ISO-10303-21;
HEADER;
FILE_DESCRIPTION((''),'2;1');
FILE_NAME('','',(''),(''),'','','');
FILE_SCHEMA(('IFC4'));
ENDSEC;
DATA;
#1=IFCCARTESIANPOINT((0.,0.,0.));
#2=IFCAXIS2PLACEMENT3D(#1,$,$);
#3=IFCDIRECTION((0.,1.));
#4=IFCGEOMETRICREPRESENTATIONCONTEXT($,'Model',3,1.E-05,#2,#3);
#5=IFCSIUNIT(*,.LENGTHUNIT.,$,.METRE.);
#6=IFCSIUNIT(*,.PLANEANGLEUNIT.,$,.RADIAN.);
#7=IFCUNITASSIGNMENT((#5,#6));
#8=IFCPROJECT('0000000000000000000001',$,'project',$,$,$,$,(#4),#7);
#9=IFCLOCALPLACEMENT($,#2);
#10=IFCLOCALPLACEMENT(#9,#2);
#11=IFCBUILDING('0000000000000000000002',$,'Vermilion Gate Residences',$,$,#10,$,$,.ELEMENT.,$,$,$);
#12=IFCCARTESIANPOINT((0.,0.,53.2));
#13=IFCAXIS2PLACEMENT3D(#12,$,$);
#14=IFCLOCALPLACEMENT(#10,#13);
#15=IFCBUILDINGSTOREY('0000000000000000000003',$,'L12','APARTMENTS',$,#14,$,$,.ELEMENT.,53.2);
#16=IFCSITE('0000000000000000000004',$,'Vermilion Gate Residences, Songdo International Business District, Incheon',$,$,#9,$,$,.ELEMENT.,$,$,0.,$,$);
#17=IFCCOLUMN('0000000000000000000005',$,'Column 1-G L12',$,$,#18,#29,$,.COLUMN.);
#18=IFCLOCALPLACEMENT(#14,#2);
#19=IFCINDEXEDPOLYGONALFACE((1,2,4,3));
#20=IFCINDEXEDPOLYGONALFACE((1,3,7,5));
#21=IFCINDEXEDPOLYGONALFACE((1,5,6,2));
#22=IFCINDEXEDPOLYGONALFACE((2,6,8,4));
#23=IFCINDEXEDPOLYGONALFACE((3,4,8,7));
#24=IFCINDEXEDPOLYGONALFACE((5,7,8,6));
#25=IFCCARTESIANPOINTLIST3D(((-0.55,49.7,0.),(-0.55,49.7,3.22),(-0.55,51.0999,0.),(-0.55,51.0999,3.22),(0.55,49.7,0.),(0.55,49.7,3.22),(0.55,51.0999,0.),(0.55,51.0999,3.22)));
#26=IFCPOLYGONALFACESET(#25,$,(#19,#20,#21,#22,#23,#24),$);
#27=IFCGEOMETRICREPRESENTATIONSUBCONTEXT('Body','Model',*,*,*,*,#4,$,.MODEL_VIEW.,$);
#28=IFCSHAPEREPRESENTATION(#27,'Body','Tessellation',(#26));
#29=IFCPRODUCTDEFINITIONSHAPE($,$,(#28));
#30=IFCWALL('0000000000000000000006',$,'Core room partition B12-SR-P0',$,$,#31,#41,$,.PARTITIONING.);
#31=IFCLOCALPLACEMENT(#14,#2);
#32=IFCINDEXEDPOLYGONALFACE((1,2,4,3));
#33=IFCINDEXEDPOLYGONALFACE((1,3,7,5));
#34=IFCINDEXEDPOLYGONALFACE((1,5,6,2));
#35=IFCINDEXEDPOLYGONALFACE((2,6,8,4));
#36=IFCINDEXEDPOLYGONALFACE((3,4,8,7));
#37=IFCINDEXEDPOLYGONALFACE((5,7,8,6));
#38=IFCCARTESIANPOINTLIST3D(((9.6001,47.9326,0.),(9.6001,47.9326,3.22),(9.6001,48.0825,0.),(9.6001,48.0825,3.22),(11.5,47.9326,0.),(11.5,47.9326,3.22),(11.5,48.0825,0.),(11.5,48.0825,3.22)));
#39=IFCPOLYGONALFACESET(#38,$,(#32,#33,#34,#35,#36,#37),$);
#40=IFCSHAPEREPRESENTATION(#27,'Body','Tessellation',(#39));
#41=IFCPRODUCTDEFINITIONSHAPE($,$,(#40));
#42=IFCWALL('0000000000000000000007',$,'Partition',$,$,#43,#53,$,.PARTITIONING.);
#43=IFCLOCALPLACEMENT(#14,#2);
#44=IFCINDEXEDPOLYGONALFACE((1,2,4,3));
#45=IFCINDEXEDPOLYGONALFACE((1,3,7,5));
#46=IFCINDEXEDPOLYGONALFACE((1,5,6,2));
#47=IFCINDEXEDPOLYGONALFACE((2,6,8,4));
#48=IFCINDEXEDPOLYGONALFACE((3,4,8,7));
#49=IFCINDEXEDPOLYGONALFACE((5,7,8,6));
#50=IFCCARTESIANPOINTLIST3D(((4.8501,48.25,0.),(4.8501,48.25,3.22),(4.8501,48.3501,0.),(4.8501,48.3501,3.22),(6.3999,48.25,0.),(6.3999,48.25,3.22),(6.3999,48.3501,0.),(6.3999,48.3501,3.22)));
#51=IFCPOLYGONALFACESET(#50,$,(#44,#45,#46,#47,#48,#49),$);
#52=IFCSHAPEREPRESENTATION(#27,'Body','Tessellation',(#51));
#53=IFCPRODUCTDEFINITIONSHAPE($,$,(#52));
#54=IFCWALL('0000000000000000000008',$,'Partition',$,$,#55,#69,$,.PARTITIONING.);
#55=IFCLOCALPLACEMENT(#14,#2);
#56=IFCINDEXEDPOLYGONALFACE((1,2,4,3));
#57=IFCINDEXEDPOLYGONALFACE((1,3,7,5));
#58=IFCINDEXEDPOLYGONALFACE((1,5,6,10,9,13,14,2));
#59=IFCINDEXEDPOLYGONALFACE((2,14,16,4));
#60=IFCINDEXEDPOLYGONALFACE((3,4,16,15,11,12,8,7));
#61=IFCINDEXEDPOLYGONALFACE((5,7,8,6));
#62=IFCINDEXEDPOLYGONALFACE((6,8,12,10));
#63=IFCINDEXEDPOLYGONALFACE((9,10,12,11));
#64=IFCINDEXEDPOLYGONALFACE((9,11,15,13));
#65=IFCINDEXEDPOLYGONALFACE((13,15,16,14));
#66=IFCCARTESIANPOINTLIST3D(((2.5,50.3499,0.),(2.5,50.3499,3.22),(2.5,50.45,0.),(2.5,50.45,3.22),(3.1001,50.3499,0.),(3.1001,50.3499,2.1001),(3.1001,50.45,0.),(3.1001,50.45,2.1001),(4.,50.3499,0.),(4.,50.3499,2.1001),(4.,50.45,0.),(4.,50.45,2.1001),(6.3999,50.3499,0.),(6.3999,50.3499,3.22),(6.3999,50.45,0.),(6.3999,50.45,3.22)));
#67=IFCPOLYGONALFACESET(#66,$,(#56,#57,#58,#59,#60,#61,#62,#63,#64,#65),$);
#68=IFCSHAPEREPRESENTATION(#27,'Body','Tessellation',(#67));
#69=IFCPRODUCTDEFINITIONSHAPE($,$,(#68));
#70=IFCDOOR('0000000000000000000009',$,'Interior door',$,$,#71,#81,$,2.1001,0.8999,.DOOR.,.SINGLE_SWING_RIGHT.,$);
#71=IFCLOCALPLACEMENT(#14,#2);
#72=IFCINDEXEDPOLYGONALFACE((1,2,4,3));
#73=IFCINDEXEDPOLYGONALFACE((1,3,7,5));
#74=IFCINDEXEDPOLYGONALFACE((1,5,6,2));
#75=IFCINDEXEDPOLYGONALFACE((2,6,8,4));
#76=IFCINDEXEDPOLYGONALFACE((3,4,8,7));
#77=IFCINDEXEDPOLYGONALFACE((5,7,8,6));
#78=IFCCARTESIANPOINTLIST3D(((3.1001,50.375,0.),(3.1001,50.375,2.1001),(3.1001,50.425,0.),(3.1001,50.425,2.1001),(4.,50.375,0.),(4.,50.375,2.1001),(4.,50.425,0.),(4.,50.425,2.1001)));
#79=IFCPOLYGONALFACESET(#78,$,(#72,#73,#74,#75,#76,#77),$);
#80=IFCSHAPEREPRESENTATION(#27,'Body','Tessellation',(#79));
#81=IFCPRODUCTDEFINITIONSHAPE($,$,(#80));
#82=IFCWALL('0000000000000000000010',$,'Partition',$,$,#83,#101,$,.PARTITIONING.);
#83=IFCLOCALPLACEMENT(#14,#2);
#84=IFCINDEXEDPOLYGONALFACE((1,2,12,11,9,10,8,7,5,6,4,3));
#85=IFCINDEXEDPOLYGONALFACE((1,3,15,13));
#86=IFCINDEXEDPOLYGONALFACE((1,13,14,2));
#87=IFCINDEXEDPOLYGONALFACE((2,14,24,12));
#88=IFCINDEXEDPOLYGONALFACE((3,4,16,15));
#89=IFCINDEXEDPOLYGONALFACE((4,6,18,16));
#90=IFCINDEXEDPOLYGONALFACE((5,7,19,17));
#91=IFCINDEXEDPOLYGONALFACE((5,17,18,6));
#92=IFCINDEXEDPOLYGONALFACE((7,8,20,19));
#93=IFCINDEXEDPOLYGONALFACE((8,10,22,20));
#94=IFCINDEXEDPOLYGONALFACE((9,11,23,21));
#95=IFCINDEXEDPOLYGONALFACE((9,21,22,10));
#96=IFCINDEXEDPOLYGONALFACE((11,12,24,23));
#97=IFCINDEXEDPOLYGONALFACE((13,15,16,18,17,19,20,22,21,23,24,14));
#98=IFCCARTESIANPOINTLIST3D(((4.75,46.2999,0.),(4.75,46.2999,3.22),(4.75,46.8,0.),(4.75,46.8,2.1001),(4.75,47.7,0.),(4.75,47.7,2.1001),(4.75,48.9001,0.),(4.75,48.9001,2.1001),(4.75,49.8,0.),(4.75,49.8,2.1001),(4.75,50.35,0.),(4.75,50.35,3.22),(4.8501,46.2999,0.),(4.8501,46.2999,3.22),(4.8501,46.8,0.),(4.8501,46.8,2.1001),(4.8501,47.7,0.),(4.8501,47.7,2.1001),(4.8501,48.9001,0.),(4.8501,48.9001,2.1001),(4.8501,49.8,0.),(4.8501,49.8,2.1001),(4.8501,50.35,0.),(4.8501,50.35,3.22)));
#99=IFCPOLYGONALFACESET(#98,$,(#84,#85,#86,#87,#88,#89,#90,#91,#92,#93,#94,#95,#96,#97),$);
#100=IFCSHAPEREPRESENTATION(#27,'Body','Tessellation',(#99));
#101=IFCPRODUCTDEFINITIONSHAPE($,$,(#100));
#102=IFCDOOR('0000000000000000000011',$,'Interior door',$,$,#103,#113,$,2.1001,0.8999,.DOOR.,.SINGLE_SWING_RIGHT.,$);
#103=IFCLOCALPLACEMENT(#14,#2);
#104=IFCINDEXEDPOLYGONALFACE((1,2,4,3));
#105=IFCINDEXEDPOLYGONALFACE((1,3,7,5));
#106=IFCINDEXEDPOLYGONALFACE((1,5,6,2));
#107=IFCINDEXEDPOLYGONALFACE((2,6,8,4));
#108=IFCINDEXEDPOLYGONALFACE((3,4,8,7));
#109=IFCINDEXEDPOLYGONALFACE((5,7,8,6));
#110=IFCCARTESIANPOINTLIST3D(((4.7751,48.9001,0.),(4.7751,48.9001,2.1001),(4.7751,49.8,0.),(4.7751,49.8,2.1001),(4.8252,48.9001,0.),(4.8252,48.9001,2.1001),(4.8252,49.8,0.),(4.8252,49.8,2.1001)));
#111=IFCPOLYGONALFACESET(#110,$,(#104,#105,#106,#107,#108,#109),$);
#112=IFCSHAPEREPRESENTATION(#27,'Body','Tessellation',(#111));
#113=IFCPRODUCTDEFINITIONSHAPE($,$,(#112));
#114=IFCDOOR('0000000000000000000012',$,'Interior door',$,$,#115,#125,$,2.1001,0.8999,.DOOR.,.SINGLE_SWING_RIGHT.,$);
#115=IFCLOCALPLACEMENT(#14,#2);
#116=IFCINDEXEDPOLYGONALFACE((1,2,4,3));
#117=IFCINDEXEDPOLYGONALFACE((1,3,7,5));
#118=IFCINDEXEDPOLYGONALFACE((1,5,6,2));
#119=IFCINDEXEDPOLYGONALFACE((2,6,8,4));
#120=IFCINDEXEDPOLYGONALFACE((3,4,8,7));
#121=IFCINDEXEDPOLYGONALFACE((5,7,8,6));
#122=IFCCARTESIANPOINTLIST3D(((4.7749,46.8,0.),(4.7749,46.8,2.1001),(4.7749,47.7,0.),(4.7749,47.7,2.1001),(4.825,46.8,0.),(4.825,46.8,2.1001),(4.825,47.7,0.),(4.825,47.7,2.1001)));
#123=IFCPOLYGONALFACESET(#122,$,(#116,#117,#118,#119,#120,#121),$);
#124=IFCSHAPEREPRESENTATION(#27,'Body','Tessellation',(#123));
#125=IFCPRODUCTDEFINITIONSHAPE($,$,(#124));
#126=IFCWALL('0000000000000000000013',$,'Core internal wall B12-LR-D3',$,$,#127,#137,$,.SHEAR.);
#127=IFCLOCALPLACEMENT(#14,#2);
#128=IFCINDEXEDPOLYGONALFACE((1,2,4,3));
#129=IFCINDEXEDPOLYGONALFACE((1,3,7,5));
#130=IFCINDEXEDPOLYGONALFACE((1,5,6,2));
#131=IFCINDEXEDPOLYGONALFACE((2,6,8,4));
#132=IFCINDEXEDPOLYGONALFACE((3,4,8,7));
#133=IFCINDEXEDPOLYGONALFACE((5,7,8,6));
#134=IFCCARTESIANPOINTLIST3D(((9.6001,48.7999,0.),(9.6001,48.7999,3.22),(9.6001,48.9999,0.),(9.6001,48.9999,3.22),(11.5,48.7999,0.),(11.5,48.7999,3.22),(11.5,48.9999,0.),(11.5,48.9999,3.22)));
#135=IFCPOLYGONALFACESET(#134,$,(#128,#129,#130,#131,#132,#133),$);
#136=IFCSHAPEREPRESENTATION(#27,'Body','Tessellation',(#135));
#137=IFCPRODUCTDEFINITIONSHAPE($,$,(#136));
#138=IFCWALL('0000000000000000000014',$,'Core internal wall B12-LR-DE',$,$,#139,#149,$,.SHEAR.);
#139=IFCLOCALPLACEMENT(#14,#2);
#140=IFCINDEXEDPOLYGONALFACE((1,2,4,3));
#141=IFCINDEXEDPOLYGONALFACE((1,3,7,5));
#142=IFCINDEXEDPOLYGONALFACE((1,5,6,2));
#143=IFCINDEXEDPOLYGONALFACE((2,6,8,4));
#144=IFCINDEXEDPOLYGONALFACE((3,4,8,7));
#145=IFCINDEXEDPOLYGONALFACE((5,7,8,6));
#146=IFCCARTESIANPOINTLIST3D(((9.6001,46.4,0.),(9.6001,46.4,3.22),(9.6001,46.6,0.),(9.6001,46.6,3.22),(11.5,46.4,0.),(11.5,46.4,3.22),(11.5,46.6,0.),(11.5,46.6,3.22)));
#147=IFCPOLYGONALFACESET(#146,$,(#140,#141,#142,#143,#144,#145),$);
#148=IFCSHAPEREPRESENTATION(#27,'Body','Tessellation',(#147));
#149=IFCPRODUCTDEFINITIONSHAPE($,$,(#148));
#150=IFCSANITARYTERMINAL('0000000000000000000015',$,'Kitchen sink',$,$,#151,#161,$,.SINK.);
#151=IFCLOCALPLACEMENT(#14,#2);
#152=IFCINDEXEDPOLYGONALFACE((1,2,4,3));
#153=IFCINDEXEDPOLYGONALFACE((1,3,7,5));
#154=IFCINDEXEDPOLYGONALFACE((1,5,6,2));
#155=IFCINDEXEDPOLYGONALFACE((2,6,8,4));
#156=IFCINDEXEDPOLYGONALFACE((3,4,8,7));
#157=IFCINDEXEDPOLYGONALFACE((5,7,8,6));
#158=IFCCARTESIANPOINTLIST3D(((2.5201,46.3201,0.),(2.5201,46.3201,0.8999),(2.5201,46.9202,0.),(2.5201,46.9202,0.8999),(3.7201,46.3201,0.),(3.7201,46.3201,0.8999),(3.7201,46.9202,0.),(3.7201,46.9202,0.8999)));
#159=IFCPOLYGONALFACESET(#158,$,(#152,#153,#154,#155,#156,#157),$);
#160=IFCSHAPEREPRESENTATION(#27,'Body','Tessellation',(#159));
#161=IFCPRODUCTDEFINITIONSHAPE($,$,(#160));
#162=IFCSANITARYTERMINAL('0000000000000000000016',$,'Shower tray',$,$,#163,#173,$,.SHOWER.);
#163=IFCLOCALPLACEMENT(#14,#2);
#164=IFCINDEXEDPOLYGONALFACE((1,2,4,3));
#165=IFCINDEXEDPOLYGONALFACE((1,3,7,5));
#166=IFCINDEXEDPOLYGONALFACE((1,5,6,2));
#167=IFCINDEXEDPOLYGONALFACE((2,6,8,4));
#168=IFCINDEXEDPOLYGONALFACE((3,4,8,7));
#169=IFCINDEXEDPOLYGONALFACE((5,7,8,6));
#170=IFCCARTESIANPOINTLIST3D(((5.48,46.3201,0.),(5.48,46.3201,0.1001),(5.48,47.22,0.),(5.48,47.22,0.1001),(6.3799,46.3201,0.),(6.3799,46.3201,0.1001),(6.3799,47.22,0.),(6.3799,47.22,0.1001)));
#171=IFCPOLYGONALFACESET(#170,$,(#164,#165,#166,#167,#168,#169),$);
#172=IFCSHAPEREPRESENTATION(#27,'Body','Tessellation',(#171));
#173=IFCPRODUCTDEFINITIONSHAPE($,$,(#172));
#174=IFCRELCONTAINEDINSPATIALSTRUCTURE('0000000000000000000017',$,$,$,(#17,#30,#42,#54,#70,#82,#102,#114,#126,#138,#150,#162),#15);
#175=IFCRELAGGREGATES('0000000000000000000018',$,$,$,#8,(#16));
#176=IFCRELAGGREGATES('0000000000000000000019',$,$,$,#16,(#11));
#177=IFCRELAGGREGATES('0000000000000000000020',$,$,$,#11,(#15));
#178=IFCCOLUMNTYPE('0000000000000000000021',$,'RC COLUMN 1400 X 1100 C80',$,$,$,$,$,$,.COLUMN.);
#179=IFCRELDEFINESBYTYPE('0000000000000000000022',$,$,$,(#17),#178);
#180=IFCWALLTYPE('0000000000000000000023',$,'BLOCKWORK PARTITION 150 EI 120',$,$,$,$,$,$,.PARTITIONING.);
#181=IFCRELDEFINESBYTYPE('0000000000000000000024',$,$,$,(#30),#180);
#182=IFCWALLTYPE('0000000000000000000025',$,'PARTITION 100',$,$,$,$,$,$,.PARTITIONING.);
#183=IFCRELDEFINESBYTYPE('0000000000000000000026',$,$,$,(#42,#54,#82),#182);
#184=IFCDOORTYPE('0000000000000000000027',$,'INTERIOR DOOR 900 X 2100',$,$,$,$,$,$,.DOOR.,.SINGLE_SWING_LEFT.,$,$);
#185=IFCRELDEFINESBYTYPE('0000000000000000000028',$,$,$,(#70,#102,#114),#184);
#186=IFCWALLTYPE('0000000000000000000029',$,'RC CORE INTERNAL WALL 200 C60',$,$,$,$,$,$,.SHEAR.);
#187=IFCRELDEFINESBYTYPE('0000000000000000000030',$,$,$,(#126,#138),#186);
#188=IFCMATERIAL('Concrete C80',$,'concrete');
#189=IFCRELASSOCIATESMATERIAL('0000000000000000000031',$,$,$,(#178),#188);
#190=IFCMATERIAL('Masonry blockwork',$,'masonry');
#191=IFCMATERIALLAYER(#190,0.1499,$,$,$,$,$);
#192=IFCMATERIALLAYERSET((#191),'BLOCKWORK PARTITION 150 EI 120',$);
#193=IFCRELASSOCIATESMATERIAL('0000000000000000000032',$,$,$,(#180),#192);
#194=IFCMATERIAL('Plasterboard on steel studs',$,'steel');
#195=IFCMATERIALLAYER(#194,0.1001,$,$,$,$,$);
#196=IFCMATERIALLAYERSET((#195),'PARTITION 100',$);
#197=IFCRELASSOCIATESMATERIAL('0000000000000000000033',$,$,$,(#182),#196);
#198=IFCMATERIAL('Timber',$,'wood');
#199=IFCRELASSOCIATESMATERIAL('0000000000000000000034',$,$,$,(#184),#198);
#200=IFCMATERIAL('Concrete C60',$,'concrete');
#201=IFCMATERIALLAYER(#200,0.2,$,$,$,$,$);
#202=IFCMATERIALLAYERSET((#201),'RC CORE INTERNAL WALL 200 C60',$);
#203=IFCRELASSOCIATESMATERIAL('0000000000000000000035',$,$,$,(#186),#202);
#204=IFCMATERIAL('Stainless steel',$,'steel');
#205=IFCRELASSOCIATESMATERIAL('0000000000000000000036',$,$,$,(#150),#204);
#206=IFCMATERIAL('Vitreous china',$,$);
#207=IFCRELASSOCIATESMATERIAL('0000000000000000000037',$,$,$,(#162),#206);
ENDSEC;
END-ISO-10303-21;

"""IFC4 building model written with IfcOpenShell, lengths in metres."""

from ifc_helpers import new_model, si_unit, direction, frame, frame_2d, origin, origin_2d, place, context, subcontext, project, spatial, rectangle, extrude, material, layer, layer_set, material_profile, profile_set, type_object, element, fill, save


model = new_model("IFC4")

# Units and contexts
model_context = context("Model", 3, precision=1e-05, world=origin(), true_north=direction((0.0, 1.0)))
body_context = subcontext(model_context, "Body", "Model", "MODEL_VIEW")
ifc_project = project(units=[si_unit("LENGTHUNIT", "METRE"), si_unit("PLANEANGLEUNIT", "RADIAN")], contexts=[model_context])

# Site, building, storey
site_placement = place(None, origin())
site = spatial("IfcSite", under=ifc_project, at=site_placement, Name="Vermilion Gate Residences, Songdo International Business District, Incheon", CompositionType="ELEMENT", RefElevation=0.0)
building_placement = place(site_placement, origin())
building = spatial("IfcBuilding", under=site, at=building_placement, Name="Vermilion Gate Residences", CompositionType="ELEMENT")
storey_placement = place(building_placement, frame((0.0, 0.0, 53.2)))
storey = spatial("IfcBuildingStorey", under=building, at=storey_placement, Name="L12", Description="APARTMENTS", CompositionType="ELEMENT", Elevation=53.2)

# Column
ifc_material_1 = material(Name="Concrete C80", Category="concrete")
ifc_material_profile = material_profile(ifc_material_1, rectangle(XDim=1.3999, YDim=1.1001, at=origin_2d()), Name="RC-1400x1100")
ifc_profile_set = profile_set([ifc_material_profile], Name="Concrete C80")
column_type = type_object("IfcColumnType", Name="RC COLUMN 1400 X 1100 C80", PredefinedType="COLUMN", material=ifc_profile_set)
column_placement = place(storey_placement, frame((0.0, 50.3999, 0.0), z_axis=(0.0, 0.0, 1.0), x_axis=(0.0, 1.0, 0.0)))
element("IfcColumn", 1, at=column_placement, inside=storey, type_object=column_type, Name="Column 1-G L12", PredefinedType="COLUMN", context=body_context, shape_type="SweptSolid", body=[
    extrude(rectangle(XDim=1.3999, YDim=1.1001, at=origin_2d()), origin(), (0.0, 0.0, 1.0), 3.22),
])

# Walls
ifc_material_2 = material(Name="Masonry blockwork", Category="masonry")
ifc_layer_1 = layer(ifc_material_2, 0.1499)
ifc_layer_set_1 = layer_set([ifc_layer_1], Name="BLOCKWORK PARTITION 150 EI 120")
wall_type_1 = type_object("IfcWallType", Name="BLOCKWORK PARTITION 150 EI 120", PredefinedType="PARTITIONING", material=ifc_layer_set_1)
wall_1_placement = place(storey_placement, frame((9.6001, 48.0076, 0.0), z_axis=(0.0, 0.0, 1.0), x_axis=(1.0, 0.0, 0.0)))
element("IfcWall", 2, at=wall_1_placement, inside=storey, type_object=wall_type_1, Name="Core room partition B12-SR-P0", PredefinedType="PARTITIONING", context=body_context, shape_type="SweptSolid", body=[
    extrude(rectangle(XDim=1.8999, YDim=0.1499, at=frame_2d((0.95, 0.0))), origin(), (0.0, 0.0, 1.0), 3.22),
])
ifc_material_3 = material(Name="Plasterboard on steel studs", Category="steel")
ifc_layer_2 = layer(ifc_material_3, 0.1001)
ifc_layer_set_2 = layer_set([ifc_layer_2], Name="PARTITION 100")
wall_type_2 = type_object("IfcWallType", Name="PARTITION 100", PredefinedType="PARTITIONING", material=ifc_layer_set_2)
wall_2_placement = place(storey_placement, frame((4.8501, 48.3, 0.0), z_axis=(0.0, 0.0, 1.0), x_axis=(1.0, 0.0, 0.0)))
element("IfcWall", 3, at=wall_2_placement, inside=storey, type_object=wall_type_2, Name="Partition", PredefinedType="PARTITIONING", context=body_context, shape_type="SweptSolid", body=[
    extrude(rectangle(XDim=1.5498, YDim=0.1001, at=frame_2d((0.7749, 0.0))), origin(), (0.0, 0.0, 1.0), 3.22),
])

# Wall, opening, door
wall_3_placement = place(storey_placement, frame((2.5, 50.3999, 0.0), z_axis=(0.0, 0.0, 1.0), x_axis=(1.0, 0.0, 0.0)))
wall_3 = element("IfcWall", 4, at=wall_3_placement, inside=storey, type_object=wall_type_2, Name="Partition", PredefinedType="PARTITIONING", context=body_context, shape_type="SweptSolid", body=[
    extrude(rectangle(XDim=3.8999, YDim=0.1001, at=frame_2d((1.95, 0.0))), origin(), (0.0, 0.0, 1.0), 3.22),
])
opening_1_placement = place(wall_3_placement, frame((0.6001, 0.0, 0.0)))
opening_1 = element("IfcOpeningElement", 5, at=opening_1_placement, cuts=wall_3, PredefinedType="OPENING", context=body_context, shape_type="SweptSolid", body=[
    extrude(rectangle(XDim=0.8999, YDim=2.1001, at=frame_2d((0.45, 1.05))), frame((0.0, 0.0601, 0.0), z_axis=(0.0, -1.0, 0.0), x_axis=(1.0, 0.0, 0.0)), (0.0, 0.0, 1.0), 0.1201),
])
ifc_material_4 = material(Name="Timber", Category="wood")
door_type = type_object("IfcDoorType", Name="INTERIOR DOOR 900 X 2100", OperationType="SINGLE_SWING_LEFT", PredefinedType="DOOR", material=ifc_material_4)
door_1_placement = place(opening_1_placement, frame((0.8999, 0.0, 0.0), z_axis=(0.0, 0.0, 1.0), x_axis=(-1.0, 0.0, 0.0)))
door_1 = element("IfcDoor", 6, at=door_1_placement, inside=storey, type_object=door_type, Name="Interior door", OperationType="SINGLE_SWING_RIGHT", OverallHeight=2.1001, OverallWidth=0.8999, PredefinedType="DOOR", context=body_context, shape_type="SweptSolid", body=[
    extrude(rectangle(XDim=0.8999, YDim=2.1001, at=frame_2d((0.45, 1.05))), frame((0.0, 0.0249, 0.0), z_axis=(0.0, -1.0, 0.0), x_axis=(1.0, 0.0, 0.0)), (0.0, 0.0, 1.0), 0.05),
])
fill(opening_1, door_1)

# Wall, openings, doors
wall_4_placement = place(storey_placement, frame((4.8, 46.3, 0.0), z_axis=(0.0, 0.0, 1.0), x_axis=(0.0, 1.0, 0.0)))
wall_4 = element("IfcWall", 7, at=wall_4_placement, inside=storey, type_object=wall_type_2, Name="Partition", PredefinedType="PARTITIONING", context=body_context, shape_type="SweptSolid", body=[
    extrude(rectangle(XDim=4.05, YDim=0.1001, at=frame_2d((2.0249, 0.0))), origin(), (0.0, 0.0, 1.0), 3.22),
])
opening_2_placement = place(wall_4_placement, frame((2.6001, 0.0, 0.0)))
opening_2 = element("IfcOpeningElement", 8, at=opening_2_placement, cuts=wall_4, PredefinedType="OPENING", context=body_context, shape_type="SweptSolid", body=[
    extrude(rectangle(XDim=0.8999, YDim=2.1001, at=frame_2d((0.45, 1.05))), frame((0.0, 0.0601, 0.0), z_axis=(0.0, -1.0, 0.0), x_axis=(1.0, 0.0, 0.0)), (0.0, 0.0, 1.0), 0.1201),
])
opening_3_placement = place(wall_4_placement, frame((0.5, 0.0, 0.0)))
opening_3 = element("IfcOpeningElement", 9, at=opening_3_placement, cuts=wall_4, PredefinedType="OPENING", context=body_context, shape_type="SweptSolid", body=[
    extrude(rectangle(XDim=0.8999, YDim=2.1001, at=frame_2d((0.45, 1.05))), frame((0.0, 0.0601, 0.0), z_axis=(0.0, -1.0, 0.0), x_axis=(1.0, 0.0, 0.0)), (0.0, 0.0, 1.0), 0.1201),
])
door_2_placement = place(opening_2_placement, origin())
door_2 = element("IfcDoor", 10, at=door_2_placement, inside=storey, type_object=door_type, Name="Interior door", OperationType="SINGLE_SWING_RIGHT", OverallHeight=2.1001, OverallWidth=0.8999, PredefinedType="DOOR", context=body_context, shape_type="SweptSolid", body=[
    extrude(rectangle(XDim=0.8999, YDim=2.1001, at=frame_2d((0.45, 1.05))), frame((0.0, 0.0249, 0.0), z_axis=(0.0, -1.0, 0.0), x_axis=(1.0, 0.0, 0.0)), (0.0, 0.0, 1.0), 0.05),
])
fill(opening_2, door_2)
door_3_placement = place(opening_3_placement, frame((0.8999, 0.0, 0.0), z_axis=(0.0, 0.0, 1.0), x_axis=(-1.0, 0.0, 0.0)))
door_3 = element("IfcDoor", 11, at=door_3_placement, inside=storey, type_object=door_type, Name="Interior door", OperationType="SINGLE_SWING_RIGHT", OverallHeight=2.1001, OverallWidth=0.8999, PredefinedType="DOOR", context=body_context, shape_type="SweptSolid", body=[
    extrude(rectangle(XDim=0.8999, YDim=2.1001, at=frame_2d((0.45, 1.05))), frame((0.0, 0.0249, 0.0), z_axis=(0.0, -1.0, 0.0), x_axis=(1.0, 0.0, 0.0)), (0.0, 0.0, 1.0), 0.05),
])
fill(opening_3, door_3)

# Walls
ifc_material_5 = material(Name="Concrete C60", Category="concrete")
ifc_layer_3 = layer(ifc_material_5, 0.2)
ifc_layer_set_3 = layer_set([ifc_layer_3], Name="RC CORE INTERNAL WALL 200 C60")
wall_type_3 = type_object("IfcWallType", Name="RC CORE INTERNAL WALL 200 C60", PredefinedType="SHEAR", material=ifc_layer_set_3)
for number, where, z_axis, x_axis, name in (
    (12, (9.6001, 48.8999, 0.0), (0.0, 0.0, 1.0), (1.0, 0.0, 0.0), "Core internal wall B12-LR-D3"),
    (13, (9.6001, 46.5, 0.0), (0.0, 0.0, 1.0), (1.0, 0.0, 0.0), "Core internal wall B12-LR-DE"),
):
    element("IfcWall", number, at=place(storey_placement, frame(where, z_axis=z_axis, x_axis=x_axis)), inside=storey, type_object=wall_type_3, Name=name, PredefinedType="SHEAR", context=body_context, shape_type="SweptSolid", body=[
        extrude(rectangle(XDim=1.8999, YDim=0.2, at=frame_2d((0.95, 0.0))), origin(), (0.0, 0.0, 1.0), 3.22),
    ])

# Sanitary terminals
ifc_material_6 = material(Name="Stainless steel", Category="steel")
sanitary_terminal_1_placement = place(storey_placement, frame((3.1201, 46.6201, 0.0), z_axis=(0.0, 0.0, 1.0), x_axis=(1.0, 0.0, 0.0)))
element("IfcSanitaryTerminal", 14, at=sanitary_terminal_1_placement, inside=storey, material=ifc_material_6, Name="Kitchen sink", PredefinedType="SINK", context=body_context, shape_type="SweptSolid", body=[
    extrude(rectangle(XDim=1.2, YDim=0.6001, at=origin_2d()), origin(), (0.0, 0.0, 1.0), 0.8999),
])
ifc_material_7 = material(Name="Vitreous china")
sanitary_terminal_2_placement = place(storey_placement, frame((5.9299, 46.77, 0.0), z_axis=(0.0, 0.0, 1.0), x_axis=(1.0, 0.0, 0.0)))
element("IfcSanitaryTerminal", 15, at=sanitary_terminal_2_placement, inside=storey, material=ifc_material_7, Name="Shower tray", PredefinedType="SHOWER", context=body_context, shape_type="SweptSolid", body=[
    extrude(rectangle(XDim=0.8999, YDim=0.8999, at=origin_2d()), origin(), (0.0, 0.0, 1.0), 0.1001),
])

save(model, "model.ifc")
